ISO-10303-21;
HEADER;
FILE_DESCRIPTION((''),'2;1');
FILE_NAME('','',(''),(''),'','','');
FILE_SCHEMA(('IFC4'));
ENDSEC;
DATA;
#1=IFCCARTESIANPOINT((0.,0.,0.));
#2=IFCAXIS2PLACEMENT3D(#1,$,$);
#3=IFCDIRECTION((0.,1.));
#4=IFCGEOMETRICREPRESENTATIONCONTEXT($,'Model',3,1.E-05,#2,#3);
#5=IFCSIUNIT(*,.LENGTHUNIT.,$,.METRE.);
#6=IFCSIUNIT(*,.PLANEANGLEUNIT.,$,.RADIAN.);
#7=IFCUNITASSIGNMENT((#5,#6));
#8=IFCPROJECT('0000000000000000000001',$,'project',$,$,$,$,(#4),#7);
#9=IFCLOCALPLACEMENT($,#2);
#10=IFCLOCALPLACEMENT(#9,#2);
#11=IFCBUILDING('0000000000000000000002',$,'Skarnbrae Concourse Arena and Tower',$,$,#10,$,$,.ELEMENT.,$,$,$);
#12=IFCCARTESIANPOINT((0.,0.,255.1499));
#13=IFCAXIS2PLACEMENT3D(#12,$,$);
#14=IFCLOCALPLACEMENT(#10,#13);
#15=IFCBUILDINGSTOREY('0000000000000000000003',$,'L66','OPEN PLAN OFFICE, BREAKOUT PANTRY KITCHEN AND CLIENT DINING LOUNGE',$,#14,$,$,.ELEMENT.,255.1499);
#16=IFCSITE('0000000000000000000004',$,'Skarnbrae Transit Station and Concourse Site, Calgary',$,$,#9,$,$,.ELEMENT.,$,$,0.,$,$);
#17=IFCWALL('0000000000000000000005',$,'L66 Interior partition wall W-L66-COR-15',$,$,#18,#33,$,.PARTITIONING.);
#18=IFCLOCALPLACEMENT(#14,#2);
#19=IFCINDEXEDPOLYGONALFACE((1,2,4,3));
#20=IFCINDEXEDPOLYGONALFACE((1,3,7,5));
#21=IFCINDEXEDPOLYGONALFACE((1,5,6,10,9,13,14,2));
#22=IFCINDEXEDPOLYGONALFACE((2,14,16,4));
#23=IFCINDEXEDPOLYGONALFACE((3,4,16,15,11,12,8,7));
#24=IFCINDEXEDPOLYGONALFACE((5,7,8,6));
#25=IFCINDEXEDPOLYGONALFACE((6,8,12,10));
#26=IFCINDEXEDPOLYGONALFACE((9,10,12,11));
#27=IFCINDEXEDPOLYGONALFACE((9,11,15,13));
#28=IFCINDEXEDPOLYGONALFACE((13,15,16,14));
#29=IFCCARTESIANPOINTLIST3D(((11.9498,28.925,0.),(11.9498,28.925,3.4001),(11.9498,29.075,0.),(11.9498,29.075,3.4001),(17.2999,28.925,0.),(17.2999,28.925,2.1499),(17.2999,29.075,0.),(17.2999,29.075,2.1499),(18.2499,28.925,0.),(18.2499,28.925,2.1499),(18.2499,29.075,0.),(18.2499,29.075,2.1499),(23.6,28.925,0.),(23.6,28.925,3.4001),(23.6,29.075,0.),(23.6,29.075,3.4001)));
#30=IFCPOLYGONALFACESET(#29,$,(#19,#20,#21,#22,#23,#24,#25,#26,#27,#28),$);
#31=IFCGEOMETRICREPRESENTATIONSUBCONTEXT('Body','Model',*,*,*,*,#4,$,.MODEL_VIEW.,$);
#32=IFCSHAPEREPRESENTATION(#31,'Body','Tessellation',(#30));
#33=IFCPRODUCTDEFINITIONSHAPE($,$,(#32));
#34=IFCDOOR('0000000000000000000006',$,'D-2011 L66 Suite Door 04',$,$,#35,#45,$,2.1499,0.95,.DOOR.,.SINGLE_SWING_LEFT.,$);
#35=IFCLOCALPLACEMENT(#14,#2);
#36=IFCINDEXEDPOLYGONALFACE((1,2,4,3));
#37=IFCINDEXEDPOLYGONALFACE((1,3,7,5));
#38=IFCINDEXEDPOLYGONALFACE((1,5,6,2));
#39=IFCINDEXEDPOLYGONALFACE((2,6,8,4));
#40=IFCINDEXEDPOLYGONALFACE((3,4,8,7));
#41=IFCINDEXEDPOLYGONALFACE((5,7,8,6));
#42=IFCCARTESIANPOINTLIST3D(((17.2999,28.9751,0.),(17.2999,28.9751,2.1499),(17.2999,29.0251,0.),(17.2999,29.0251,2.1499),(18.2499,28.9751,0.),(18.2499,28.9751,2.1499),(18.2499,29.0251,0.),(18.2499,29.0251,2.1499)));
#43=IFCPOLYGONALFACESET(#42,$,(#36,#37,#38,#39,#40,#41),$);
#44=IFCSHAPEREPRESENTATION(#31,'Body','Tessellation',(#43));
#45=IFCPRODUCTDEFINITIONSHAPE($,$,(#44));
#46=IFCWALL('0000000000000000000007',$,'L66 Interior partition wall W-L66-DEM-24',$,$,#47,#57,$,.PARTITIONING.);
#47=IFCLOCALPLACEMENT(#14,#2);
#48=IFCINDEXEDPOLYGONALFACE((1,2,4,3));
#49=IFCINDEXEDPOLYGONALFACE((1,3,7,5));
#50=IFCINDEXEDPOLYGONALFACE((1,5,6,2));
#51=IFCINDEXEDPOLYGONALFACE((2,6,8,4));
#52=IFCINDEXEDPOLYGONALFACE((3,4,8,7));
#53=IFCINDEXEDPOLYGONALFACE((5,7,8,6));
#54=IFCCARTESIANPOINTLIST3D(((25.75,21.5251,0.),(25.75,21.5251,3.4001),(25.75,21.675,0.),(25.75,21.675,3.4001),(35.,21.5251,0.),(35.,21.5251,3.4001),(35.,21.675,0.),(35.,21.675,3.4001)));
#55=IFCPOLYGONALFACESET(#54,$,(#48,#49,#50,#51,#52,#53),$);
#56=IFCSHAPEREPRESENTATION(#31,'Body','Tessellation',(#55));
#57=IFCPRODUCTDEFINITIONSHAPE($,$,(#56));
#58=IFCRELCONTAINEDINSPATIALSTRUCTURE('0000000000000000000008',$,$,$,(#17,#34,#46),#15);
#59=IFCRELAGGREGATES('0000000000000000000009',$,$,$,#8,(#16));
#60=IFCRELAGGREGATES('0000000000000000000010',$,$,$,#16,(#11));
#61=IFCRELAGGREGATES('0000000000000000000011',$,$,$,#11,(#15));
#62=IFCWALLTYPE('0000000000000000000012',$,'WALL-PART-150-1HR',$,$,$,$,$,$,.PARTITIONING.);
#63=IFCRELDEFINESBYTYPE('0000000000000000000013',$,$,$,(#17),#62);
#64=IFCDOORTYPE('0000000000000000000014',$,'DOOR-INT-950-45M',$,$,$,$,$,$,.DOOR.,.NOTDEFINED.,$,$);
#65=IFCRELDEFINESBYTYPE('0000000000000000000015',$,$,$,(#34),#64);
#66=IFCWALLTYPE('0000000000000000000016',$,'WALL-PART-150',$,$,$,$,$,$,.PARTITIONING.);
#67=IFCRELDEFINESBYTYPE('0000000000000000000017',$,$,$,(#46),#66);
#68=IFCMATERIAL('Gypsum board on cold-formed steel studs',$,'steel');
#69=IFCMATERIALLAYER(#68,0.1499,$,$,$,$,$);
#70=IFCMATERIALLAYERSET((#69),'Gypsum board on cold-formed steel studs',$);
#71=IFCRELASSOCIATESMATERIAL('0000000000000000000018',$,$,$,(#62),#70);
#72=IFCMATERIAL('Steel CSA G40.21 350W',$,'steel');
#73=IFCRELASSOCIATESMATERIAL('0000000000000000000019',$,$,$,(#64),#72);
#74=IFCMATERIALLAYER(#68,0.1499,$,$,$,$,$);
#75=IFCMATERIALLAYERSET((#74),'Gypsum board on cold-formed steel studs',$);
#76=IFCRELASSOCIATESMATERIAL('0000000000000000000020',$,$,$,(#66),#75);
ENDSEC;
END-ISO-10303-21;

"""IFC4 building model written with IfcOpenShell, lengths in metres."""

from ifc_helpers import new_model, si_unit, direction, frame, frame_2d, origin, place, context, subcontext, project, spatial, rectangle, extrude, source, transform, mapped, material, layer, layer_set, type_object, element, fill, save


model = new_model("IFC4")

# Units and contexts
model_context = context("Model", 3, precision=1e-05, world=origin(), true_north=direction((0.0, 1.0)))
body_context = subcontext(model_context, "Body", "Model", "MODEL_VIEW")
ifc_project = project(units=[si_unit("LENGTHUNIT", "METRE"), si_unit("PLANEANGLEUNIT", "RADIAN")], contexts=[model_context])

# Site, building, storey
site_placement = place(None, origin())
site = spatial("IfcSite", under=ifc_project, at=site_placement, Name="Skarnbrae Transit Station and Concourse Site, Calgary", CompositionType="ELEMENT", RefElevation=0.0)
building_placement = place(site_placement, origin())
building = spatial("IfcBuilding", under=site, at=building_placement, Name="Skarnbrae Concourse Arena and Tower", CompositionType="ELEMENT")
storey_placement = place(building_placement, frame((0.0, 0.0, 255.1499)))
storey = spatial("IfcBuildingStorey", under=building, at=storey_placement, Name="L66", Description="OPEN PLAN OFFICE, BREAKOUT PANTRY KITCHEN AND CLIENT DINING LOUNGE", CompositionType="ELEMENT", Elevation=255.1499)

# Shared definitions
ifc_material_1 = material(Name="Steel CSA G40.21 350W", Category="steel")

# Shared definitions
ifc_material_2 = material(Name="Gypsum board on cold-formed steel studs", Category="steel")
ifc_layer_1 = layer(ifc_material_2, 0.1499)
ifc_layer_set_1 = layer_set([ifc_layer_1], Name="Gypsum board on cold-formed steel studs")
wall_type_1 = type_object("IfcWallType", Name="WALL-PART-150-1HR", PredefinedType="PARTITIONING", material=ifc_layer_set_1)
door_type = type_object("IfcDoorType", Name="DOOR-INT-950-45M", OperationType="NOTDEFINED", PredefinedType="DOOR", material=ifc_material_1)
shared_shape_1 = source(origin(), body_context, "Body", "SweptSolid", [
    extrude(rectangle(XDim=0.95, YDim=2.1499, at=frame_2d((0.4751, 1.075))), frame((0.0, 0.0249, 0.0), z_axis=(0.0, -1.0, 0.0), x_axis=(1.0, 0.0, 0.0)), (0.0, 0.0, 1.0), 0.05),
])

# Shared definitions
ifc_layer_2 = layer(ifc_material_2, 0.1499)
ifc_layer_set_2 = layer_set([ifc_layer_2], Name="Gypsum board on cold-formed steel studs")
wall_type_2 = type_object("IfcWallType", Name="WALL-PART-150", PredefinedType="PARTITIONING", material=ifc_layer_set_2)

# Wall, opening, door
shared_shape_2 = source(origin(), body_context, "Body", "SweptSolid", [
    extrude(rectangle(XDim=11.6501, YDim=0.1499, at=frame_2d((5.8252, 0.0))), origin(), (0.0, 0.0, 1.0), 3.4001),
])
wall_1_placement = place(storey_placement, frame((23.6001, 29.0, 0.0), z_axis=(0.0, 0.0, 1.0), x_axis=(-1.0, 0.0, 0.0)))
wall_1 = element("IfcWall", 1, at=wall_1_placement, inside=storey, type_object=wall_type_1, Name="L66 Interior partition wall W-L66-COR-15", PredefinedType="PARTITIONING", context=body_context, shape_type="MappedRepresentation", body=[
    mapped(shared_shape_2, transform((0.0, 0.0, 0.0))),
])
opening_1_placement = place(wall_1_placement, frame((5.3501, 0.0, 0.0)))
opening_1 = element("IfcOpeningElement", 2, at=opening_1_placement, cuts=wall_1, PredefinedType="OPENING", context=body_context, shape_type="SweptSolid", body=[
    extrude(rectangle(XDim=0.95, YDim=2.1499, at=frame_2d((0.4751, 1.075))), frame((0.0, 0.085, 0.0), z_axis=(0.0, -1.0, 0.0), x_axis=(1.0, 0.0, 0.0)), (0.0, 0.0, 1.0), 0.1699),
])
door_1_placement = place(opening_1_placement, origin())
door_1 = element("IfcDoor", 3, at=door_1_placement, inside=storey, type_object=door_type, Name="D-2011 L66 Suite Door 04", OperationType="SINGLE_SWING_LEFT", OverallHeight=2.1499, OverallWidth=0.95, PredefinedType="DOOR", context=body_context, shape_type="MappedRepresentation", body=[
    mapped(shared_shape_1, transform((0.0, 0.0, 0.0))),
])
fill(opening_1, door_1)

# Wall
shared_shape_3 = source(origin(), body_context, "Body", "SweptSolid", [
    extrude(rectangle(XDim=9.25, YDim=0.1499, at=frame_2d((4.625, 0.0))), origin(), (0.0, 0.0, 1.0), 3.4001),
])
wall_2_placement = place(storey_placement, frame((25.75, 21.6001, 0.0), z_axis=(0.0, 0.0, 1.0), x_axis=(1.0, 0.0, 0.0)))
element("IfcWall", 4, at=wall_2_placement, inside=storey, type_object=wall_type_2, Name="L66 Interior partition wall W-L66-DEM-24", PredefinedType="PARTITIONING", context=body_context, shape_type="MappedRepresentation", body=[
    mapped(shared_shape_3, transform((0.0, 0.0, 0.0))),
])

save(model, "model.ifc")
